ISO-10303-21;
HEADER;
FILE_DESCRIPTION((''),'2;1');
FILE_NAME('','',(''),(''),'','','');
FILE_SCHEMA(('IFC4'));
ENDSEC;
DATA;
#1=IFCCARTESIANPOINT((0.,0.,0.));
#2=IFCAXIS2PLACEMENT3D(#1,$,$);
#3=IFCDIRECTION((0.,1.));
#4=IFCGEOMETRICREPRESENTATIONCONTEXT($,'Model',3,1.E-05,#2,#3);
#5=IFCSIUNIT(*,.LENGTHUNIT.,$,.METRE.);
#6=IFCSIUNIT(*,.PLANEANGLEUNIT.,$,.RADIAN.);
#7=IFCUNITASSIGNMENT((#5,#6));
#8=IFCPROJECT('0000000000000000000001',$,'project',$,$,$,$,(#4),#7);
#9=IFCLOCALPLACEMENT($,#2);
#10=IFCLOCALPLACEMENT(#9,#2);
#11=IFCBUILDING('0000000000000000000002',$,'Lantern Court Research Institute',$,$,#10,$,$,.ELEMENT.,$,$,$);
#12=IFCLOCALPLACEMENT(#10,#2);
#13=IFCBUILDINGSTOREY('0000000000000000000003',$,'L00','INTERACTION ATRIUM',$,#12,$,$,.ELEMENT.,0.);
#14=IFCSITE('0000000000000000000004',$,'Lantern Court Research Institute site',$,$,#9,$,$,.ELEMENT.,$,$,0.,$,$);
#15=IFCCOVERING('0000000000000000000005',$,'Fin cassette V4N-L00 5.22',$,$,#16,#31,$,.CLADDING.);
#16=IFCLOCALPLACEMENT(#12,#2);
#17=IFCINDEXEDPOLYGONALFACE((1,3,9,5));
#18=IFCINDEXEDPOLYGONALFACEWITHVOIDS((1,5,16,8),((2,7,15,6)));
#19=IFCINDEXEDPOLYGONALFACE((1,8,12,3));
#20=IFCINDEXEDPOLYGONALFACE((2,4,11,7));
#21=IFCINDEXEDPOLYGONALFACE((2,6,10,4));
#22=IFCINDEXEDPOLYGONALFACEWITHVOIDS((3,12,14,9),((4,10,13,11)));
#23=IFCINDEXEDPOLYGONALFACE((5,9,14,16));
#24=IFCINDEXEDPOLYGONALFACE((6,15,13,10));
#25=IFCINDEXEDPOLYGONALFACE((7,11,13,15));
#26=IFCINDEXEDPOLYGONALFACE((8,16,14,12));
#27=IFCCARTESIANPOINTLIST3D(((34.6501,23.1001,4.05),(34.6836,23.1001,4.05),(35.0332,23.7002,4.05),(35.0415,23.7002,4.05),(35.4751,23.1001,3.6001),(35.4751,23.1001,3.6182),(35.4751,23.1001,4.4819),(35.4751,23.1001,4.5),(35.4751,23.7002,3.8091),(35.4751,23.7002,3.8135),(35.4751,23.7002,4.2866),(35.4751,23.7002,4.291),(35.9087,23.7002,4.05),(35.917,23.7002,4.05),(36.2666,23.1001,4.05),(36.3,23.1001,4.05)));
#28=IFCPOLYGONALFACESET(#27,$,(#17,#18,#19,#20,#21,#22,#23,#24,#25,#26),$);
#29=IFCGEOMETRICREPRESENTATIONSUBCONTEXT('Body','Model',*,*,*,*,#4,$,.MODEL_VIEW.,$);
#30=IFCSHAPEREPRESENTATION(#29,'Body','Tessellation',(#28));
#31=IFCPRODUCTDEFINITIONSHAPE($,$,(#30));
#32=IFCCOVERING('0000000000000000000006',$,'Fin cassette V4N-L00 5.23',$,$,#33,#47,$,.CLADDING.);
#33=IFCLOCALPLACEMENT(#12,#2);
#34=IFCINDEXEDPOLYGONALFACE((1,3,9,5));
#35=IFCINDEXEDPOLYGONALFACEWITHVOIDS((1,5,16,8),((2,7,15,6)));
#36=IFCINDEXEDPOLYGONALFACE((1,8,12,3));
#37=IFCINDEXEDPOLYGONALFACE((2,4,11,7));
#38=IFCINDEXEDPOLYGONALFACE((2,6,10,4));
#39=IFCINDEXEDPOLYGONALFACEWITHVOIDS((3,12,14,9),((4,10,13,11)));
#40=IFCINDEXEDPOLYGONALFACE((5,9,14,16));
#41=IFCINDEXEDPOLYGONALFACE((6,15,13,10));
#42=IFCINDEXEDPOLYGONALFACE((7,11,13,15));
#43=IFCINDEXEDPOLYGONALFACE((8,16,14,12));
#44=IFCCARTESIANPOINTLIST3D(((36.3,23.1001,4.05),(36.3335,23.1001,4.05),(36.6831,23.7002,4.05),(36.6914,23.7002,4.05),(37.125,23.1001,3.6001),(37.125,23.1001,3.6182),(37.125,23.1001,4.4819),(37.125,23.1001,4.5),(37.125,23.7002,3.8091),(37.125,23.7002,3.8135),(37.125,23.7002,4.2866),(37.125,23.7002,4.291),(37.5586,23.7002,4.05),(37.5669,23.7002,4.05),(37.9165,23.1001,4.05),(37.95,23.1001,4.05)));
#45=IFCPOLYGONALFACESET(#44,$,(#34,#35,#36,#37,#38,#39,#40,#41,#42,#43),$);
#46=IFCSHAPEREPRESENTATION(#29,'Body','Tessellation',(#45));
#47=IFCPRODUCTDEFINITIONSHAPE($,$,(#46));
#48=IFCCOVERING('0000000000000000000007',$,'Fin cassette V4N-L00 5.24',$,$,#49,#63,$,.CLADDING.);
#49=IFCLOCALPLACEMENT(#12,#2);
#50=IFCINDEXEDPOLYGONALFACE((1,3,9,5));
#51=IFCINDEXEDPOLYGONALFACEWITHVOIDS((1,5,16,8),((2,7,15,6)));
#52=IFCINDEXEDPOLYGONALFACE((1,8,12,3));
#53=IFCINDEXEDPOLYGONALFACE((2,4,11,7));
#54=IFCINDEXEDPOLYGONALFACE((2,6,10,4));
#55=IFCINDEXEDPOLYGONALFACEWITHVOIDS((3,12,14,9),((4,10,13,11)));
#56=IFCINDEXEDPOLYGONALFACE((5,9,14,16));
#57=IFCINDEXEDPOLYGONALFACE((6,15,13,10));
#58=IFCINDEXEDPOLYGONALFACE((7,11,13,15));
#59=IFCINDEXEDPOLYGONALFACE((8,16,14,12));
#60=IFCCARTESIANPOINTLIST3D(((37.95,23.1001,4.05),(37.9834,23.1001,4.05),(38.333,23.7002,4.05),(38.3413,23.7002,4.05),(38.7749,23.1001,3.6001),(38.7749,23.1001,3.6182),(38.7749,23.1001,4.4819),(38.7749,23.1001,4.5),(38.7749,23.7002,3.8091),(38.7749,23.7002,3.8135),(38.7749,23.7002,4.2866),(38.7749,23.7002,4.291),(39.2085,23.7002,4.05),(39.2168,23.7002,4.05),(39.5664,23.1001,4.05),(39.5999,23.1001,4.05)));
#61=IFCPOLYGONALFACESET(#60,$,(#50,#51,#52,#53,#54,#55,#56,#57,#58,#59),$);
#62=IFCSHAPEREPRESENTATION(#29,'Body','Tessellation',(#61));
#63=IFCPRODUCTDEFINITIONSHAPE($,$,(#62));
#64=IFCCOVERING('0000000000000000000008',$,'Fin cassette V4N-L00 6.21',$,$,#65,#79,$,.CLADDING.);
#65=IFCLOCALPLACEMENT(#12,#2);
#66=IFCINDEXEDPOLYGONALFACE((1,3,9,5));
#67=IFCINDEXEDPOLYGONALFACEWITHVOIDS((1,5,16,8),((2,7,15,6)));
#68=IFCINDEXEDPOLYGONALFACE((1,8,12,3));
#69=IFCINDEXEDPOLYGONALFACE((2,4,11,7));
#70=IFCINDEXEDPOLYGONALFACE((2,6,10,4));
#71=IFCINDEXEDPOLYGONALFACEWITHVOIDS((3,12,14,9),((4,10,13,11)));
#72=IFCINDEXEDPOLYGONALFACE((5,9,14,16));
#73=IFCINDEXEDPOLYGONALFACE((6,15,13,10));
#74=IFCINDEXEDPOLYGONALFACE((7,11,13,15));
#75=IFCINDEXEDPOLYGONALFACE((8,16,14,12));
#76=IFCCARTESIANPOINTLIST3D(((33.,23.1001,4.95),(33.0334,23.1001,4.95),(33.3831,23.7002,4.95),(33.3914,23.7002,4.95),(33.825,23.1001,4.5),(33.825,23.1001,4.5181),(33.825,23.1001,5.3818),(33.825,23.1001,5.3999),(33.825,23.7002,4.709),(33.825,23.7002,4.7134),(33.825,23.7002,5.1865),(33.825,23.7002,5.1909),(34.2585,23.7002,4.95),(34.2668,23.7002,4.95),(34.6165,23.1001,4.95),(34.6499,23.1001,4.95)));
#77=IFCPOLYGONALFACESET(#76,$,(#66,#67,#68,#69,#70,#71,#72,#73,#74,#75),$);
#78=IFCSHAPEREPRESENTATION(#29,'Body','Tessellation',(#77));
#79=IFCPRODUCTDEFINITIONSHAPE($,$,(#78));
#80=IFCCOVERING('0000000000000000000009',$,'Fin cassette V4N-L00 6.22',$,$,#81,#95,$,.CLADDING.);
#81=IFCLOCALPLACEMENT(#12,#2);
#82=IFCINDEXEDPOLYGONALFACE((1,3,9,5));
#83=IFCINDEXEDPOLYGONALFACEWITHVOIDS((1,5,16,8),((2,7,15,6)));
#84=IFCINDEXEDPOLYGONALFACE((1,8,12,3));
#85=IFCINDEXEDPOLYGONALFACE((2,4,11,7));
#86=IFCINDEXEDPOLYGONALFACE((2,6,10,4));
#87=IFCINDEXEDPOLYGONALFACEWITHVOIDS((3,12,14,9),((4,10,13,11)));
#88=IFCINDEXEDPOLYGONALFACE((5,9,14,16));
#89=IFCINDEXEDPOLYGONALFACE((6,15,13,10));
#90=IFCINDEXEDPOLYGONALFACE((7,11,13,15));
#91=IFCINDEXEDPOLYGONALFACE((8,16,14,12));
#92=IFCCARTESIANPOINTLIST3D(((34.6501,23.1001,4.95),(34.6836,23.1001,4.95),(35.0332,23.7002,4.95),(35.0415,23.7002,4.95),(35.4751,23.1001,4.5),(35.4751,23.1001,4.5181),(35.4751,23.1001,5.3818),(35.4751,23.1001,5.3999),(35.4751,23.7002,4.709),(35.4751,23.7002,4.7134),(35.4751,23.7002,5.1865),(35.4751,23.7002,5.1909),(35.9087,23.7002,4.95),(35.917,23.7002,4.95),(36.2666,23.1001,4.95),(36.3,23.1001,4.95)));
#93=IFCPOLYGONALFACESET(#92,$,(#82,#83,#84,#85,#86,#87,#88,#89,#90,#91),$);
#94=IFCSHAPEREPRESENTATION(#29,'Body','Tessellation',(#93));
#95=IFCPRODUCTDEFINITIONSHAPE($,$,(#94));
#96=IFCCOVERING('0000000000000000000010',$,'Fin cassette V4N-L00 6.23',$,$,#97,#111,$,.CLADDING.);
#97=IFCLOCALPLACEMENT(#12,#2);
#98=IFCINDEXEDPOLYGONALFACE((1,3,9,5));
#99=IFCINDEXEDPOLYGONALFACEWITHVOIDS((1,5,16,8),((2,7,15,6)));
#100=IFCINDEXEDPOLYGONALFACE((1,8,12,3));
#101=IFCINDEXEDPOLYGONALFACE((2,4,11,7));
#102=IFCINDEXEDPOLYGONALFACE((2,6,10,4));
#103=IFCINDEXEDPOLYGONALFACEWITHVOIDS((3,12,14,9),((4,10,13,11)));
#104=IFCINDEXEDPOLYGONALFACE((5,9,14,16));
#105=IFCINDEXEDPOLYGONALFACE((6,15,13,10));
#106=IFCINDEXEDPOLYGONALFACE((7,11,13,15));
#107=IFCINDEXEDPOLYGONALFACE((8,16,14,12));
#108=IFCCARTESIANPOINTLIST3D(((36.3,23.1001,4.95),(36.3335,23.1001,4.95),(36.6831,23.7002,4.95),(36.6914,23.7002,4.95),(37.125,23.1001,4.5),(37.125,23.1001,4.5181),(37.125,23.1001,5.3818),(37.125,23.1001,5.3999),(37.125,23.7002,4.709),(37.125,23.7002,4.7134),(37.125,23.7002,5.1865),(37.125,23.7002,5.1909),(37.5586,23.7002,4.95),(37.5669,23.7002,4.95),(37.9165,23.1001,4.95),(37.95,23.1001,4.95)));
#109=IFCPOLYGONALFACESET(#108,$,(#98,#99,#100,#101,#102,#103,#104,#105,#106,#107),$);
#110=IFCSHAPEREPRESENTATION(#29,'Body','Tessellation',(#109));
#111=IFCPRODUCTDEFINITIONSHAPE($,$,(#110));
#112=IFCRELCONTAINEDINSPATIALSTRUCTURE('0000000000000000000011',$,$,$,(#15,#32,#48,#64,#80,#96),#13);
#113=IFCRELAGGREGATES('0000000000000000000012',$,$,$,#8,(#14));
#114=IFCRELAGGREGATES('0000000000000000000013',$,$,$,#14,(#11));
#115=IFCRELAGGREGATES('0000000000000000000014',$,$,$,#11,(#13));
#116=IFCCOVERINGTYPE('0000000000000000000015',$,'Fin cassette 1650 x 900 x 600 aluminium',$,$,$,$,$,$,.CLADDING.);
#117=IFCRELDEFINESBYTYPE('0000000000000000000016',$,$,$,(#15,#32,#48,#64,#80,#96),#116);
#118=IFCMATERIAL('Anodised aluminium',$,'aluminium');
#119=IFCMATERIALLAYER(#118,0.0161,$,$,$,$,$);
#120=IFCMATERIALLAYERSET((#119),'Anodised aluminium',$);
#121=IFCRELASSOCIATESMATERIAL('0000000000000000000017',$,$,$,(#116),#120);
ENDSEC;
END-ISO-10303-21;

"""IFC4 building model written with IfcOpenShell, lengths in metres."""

from ifc_helpers import new_model, entity, si_unit, direction, frame, origin, place, context, subcontext, project, spatial, material, layer, layer_set, type_object, element, save


model = new_model("IFC4")

# Units and contexts
model_context = context("Model", 3, precision=1e-05, world=origin(), true_north=direction((0.0, 1.0)))
body_context = subcontext(model_context, "Body", "Model", "MODEL_VIEW")
ifc_project = project(units=[si_unit("LENGTHUNIT", "METRE"), si_unit("PLANEANGLEUNIT", "RADIAN")], contexts=[model_context])

# Site, building, storey
site_placement = place(None, origin())
site = spatial("IfcSite", under=ifc_project, at=site_placement, Name="Lantern Court Research Institute site", CompositionType="ELEMENT", RefElevation=0.0)
building_placement = place(site_placement, origin())
building = spatial("IfcBuilding", under=site, at=building_placement, Name="Lantern Court Research Institute", CompositionType="ELEMENT")
storey_placement = place(building_placement, origin())
storey = spatial("IfcBuildingStorey", under=building, at=storey_placement, Name="L00", Description="INTERACTION ATRIUM", CompositionType="ELEMENT", Elevation=0.0)

# Coverings
ifc_material_1 = material(Name="Anodised aluminium", Category="aluminium")
ifc_layer_1 = layer(ifc_material_1, 0.0161)
ifc_layer_set_1 = layer_set([ifc_layer_1], Name="Anodised aluminium")
covering_type = type_object("IfcCoveringType", Name="Fin cassette 1650 x 900 x 600 aluminium", PredefinedType="CLADDING", material=ifc_layer_set_1)
covering_1_placement = place(storey_placement, frame((35.4751, 23.1001, 4.05), z_axis=(0.0, 1.0, 0.0), x_axis=(-1.0, 0.0, 0.0)))
cartesian_point_1 = entity("IfcCartesianPoint", [0.825, 0.0])
cartesian_point_2 = entity("IfcCartesianPoint", [0.7915, 0.0])
cartesian_point_3 = entity("IfcCartesianPoint", [0.4419, 0.0])
cartesian_point_4 = entity("IfcCartesianPoint", [0.4336, 0.0])
element("IfcCovering", 1, at=covering_1_placement, inside=storey, type_object=covering_type, Name="Fin cassette V4N-L00 5.22", PredefinedType="CLADDING", context=body_context, shape_type="SweptSolid", body=[
    entity("IfcExtrudedAreaSolidTapered", entity("IfcArbitraryProfileDefWithVoids", "AREA", None, entity("IfcPolyline", [cartesian_point_1, entity("IfcCartesianPoint", [0.0, 0.45]), entity("IfcCartesianPoint", [-0.825, 0.0]), entity("IfcCartesianPoint", [0.0, -0.45]), cartesian_point_1]), [entity("IfcPolyline", [cartesian_point_2, entity("IfcCartesianPoint", [0.0, 0.4319]), entity("IfcCartesianPoint", [-0.7915, 0.0]), entity("IfcCartesianPoint", [0.0, -0.4319]), cartesian_point_2])]), entity("IfcAxis2Placement3D", entity("IfcCartesianPoint", [0.0, 0.0, 0.0])), entity("IfcDirection", [0.0, 0.0, 1.0]), 0.6001, entity("IfcArbitraryProfileDefWithVoids", "AREA", None, entity("IfcPolyline", [cartesian_point_3, entity("IfcCartesianPoint", [0.0, 0.241]), entity("IfcCartesianPoint", [-0.4419, 0.0]), entity("IfcCartesianPoint", [0.0, -0.241]), cartesian_point_3]), [entity("IfcPolyline", [cartesian_point_4, entity("IfcCartesianPoint", [0.0, 0.2366]), entity("IfcCartesianPoint", [-0.4336, 0.0]), entity("IfcCartesianPoint", [0.0, -0.2366]), cartesian_point_4])])),
])
covering_2_placement = place(storey_placement, frame((37.125, 23.1001, 4.05), z_axis=(0.0, 1.0, 0.0), x_axis=(-1.0, 0.0, 0.0)))
cartesian_point_5 = entity("IfcCartesianPoint", [0.825, 0.0])
cartesian_point_6 = entity("IfcCartesianPoint", [0.7915, 0.0])
cartesian_point_7 = entity("IfcCartesianPoint", [0.4419, 0.0])
cartesian_point_8 = entity("IfcCartesianPoint", [0.4336, 0.0])
element("IfcCovering", 2, at=covering_2_placement, inside=storey, type_object=covering_type, Name="Fin cassette V4N-L00 5.23", PredefinedType="CLADDING", context=body_context, shape_type="SweptSolid", body=[
    entity("IfcExtrudedAreaSolidTapered", entity("IfcArbitraryProfileDefWithVoids", "AREA", None, entity("IfcPolyline", [cartesian_point_5, entity("IfcCartesianPoint", [0.0, 0.45]), entity("IfcCartesianPoint", [-0.825, 0.0]), entity("IfcCartesianPoint", [0.0, -0.45]), cartesian_point_5]), [entity("IfcPolyline", [cartesian_point_6, entity("IfcCartesianPoint", [0.0, 0.4319]), entity("IfcCartesianPoint", [-0.7915, 0.0]), entity("IfcCartesianPoint", [0.0, -0.4319]), cartesian_point_6])]), entity("IfcAxis2Placement3D", entity("IfcCartesianPoint", [0.0, 0.0, 0.0])), entity("IfcDirection", [0.0, 0.0, 1.0]), 0.6001, entity("IfcArbitraryProfileDefWithVoids", "AREA", None, entity("IfcPolyline", [cartesian_point_7, entity("IfcCartesianPoint", [0.0, 0.241]), entity("IfcCartesianPoint", [-0.4419, 0.0]), entity("IfcCartesianPoint", [0.0, -0.241]), cartesian_point_7]), [entity("IfcPolyline", [cartesian_point_8, entity("IfcCartesianPoint", [0.0, 0.2366]), entity("IfcCartesianPoint", [-0.4336, 0.0]), entity("IfcCartesianPoint", [0.0, -0.2366]), cartesian_point_8])])),
])
covering_3_placement = place(storey_placement, frame((38.7749, 23.1001, 4.05), z_axis=(0.0, 1.0, 0.0), x_axis=(-1.0, 0.0, 0.0)))
cartesian_point_9 = entity("IfcCartesianPoint", [0.825, 0.0])
cartesian_point_10 = entity("IfcCartesianPoint", [0.7915, 0.0])
cartesian_point_11 = entity("IfcCartesianPoint", [0.4419, 0.0])
cartesian_point_12 = entity("IfcCartesianPoint", [0.4336, 0.0])
element("IfcCovering", 3, at=covering_3_placement, inside=storey, type_object=covering_type, Name="Fin cassette V4N-L00 5.24", PredefinedType="CLADDING", context=body_context, shape_type="SweptSolid", body=[
    entity("IfcExtrudedAreaSolidTapered", entity("IfcArbitraryProfileDefWithVoids", "AREA", None, entity("IfcPolyline", [cartesian_point_9, entity("IfcCartesianPoint", [0.0, 0.45]), entity("IfcCartesianPoint", [-0.825, 0.0]), entity("IfcCartesianPoint", [0.0, -0.45]), cartesian_point_9]), [entity("IfcPolyline", [cartesian_point_10, entity("IfcCartesianPoint", [0.0, 0.4319]), entity("IfcCartesianPoint", [-0.7915, 0.0]), entity("IfcCartesianPoint", [0.0, -0.4319]), cartesian_point_10])]), entity("IfcAxis2Placement3D", entity("IfcCartesianPoint", [0.0, 0.0, 0.0])), entity("IfcDirection", [0.0, 0.0, 1.0]), 0.6001, entity("IfcArbitraryProfileDefWithVoids", "AREA", None, entity("IfcPolyline", [cartesian_point_11, entity("IfcCartesianPoint", [0.0, 0.241]), entity("IfcCartesianPoint", [-0.4419, 0.0]), entity("IfcCartesianPoint", [0.0, -0.241]), cartesian_point_11]), [entity("IfcPolyline", [cartesian_point_12, entity("IfcCartesianPoint", [0.0, 0.2366]), entity("IfcCartesianPoint", [-0.4336, 0.0]), entity("IfcCartesianPoint", [0.0, -0.2366]), cartesian_point_12])])),
])
covering_4_placement = place(storey_placement, frame((33.825, 23.1001, 4.95), z_axis=(0.0, 1.0, 0.0), x_axis=(-1.0, 0.0, 0.0)))
cartesian_point_13 = entity("IfcCartesianPoint", [0.825, 0.0])
cartesian_point_14 = entity("IfcCartesianPoint", [0.7915, 0.0])
cartesian_point_15 = entity("IfcCartesianPoint", [0.4419, 0.0])
cartesian_point_16 = entity("IfcCartesianPoint", [0.4336, 0.0])
element("IfcCovering", 4, at=covering_4_placement, inside=storey, type_object=covering_type, Name="Fin cassette V4N-L00 6.21", PredefinedType="CLADDING", context=body_context, shape_type="SweptSolid", body=[
    entity("IfcExtrudedAreaSolidTapered", entity("IfcArbitraryProfileDefWithVoids", "AREA", None, entity("IfcPolyline", [cartesian_point_13, entity("IfcCartesianPoint", [0.0, 0.45]), entity("IfcCartesianPoint", [-0.825, 0.0]), entity("IfcCartesianPoint", [0.0, -0.45]), cartesian_point_13]), [entity("IfcPolyline", [cartesian_point_14, entity("IfcCartesianPoint", [0.0, 0.4319]), entity("IfcCartesianPoint", [-0.7915, 0.0]), entity("IfcCartesianPoint", [0.0, -0.4319]), cartesian_point_14])]), entity("IfcAxis2Placement3D", entity("IfcCartesianPoint", [0.0, 0.0, 0.0])), entity("IfcDirection", [0.0, 0.0, 1.0]), 0.6001, entity("IfcArbitraryProfileDefWithVoids", "AREA", None, entity("IfcPolyline", [cartesian_point_15, entity("IfcCartesianPoint", [0.0, 0.241]), entity("IfcCartesianPoint", [-0.4419, 0.0]), entity("IfcCartesianPoint", [0.0, -0.241]), cartesian_point_15]), [entity("IfcPolyline", [cartesian_point_16, entity("IfcCartesianPoint", [0.0, 0.2366]), entity("IfcCartesianPoint", [-0.4336, 0.0]), entity("IfcCartesianPoint", [0.0, -0.2366]), cartesian_point_16])])),
])
covering_5_placement = place(storey_placement, frame((35.4751, 23.1001, 4.95), z_axis=(0.0, 1.0, 0.0), x_axis=(-1.0, 0.0, 0.0)))
cartesian_point_17 = entity("IfcCartesianPoint", [0.825, 0.0])
cartesian_point_18 = entity("IfcCartesianPoint", [0.7915, 0.0])
cartesian_point_19 = entity("IfcCartesianPoint", [0.4419, 0.0])
cartesian_point_20 = entity("IfcCartesianPoint", [0.4336, 0.0])
element("IfcCovering", 5, at=covering_5_placement, inside=storey, type_object=covering_type, Name="Fin cassette V4N-L00 6.22", PredefinedType="CLADDING", context=body_context, shape_type="SweptSolid", body=[
    entity("IfcExtrudedAreaSolidTapered", entity("IfcArbitraryProfileDefWithVoids", "AREA", None, entity("IfcPolyline", [cartesian_point_17, entity("IfcCartesianPoint", [0.0, 0.45]), entity("IfcCartesianPoint", [-0.825, 0.0]), entity("IfcCartesianPoint", [0.0, -0.45]), cartesian_point_17]), [entity("IfcPolyline", [cartesian_point_18, entity("IfcCartesianPoint", [0.0, 0.4319]), entity("IfcCartesianPoint", [-0.7915, 0.0]), entity("IfcCartesianPoint", [0.0, -0.4319]), cartesian_point_18])]), entity("IfcAxis2Placement3D", entity("IfcCartesianPoint", [0.0, 0.0, 0.0])), entity("IfcDirection", [0.0, 0.0, 1.0]), 0.6001, entity("IfcArbitraryProfileDefWithVoids", "AREA", None, entity("IfcPolyline", [cartesian_point_19, entity("IfcCartesianPoint", [0.0, 0.241]), entity("IfcCartesianPoint", [-0.4419, 0.0]), entity("IfcCartesianPoint", [0.0, -0.241]), cartesian_point_19]), [entity("IfcPolyline", [cartesian_point_20, entity("IfcCartesianPoint", [0.0, 0.2366]), entity("IfcCartesianPoint", [-0.4336, 0.0]), entity("IfcCartesianPoint", [0.0, -0.2366]), cartesian_point_20])])),
])
covering_6_placement = place(storey_placement, frame((37.125, 23.1001, 4.95), z_axis=(0.0, 1.0, 0.0), x_axis=(-1.0, 0.0, 0.0)))
cartesian_point_21 = entity("IfcCartesianPoint", [0.825, 0.0])
cartesian_point_22 = entity("IfcCartesianPoint", [0.7915, 0.0])
cartesian_point_23 = entity("IfcCartesianPoint", [0.4419, 0.0])
cartesian_point_24 = entity("IfcCartesianPoint", [0.4336, 0.0])
element("IfcCovering", 6, at=covering_6_placement, inside=storey, type_object=covering_type, Name="Fin cassette V4N-L00 6.23", PredefinedType="CLADDING", context=body_context, shape_type="SweptSolid", body=[
    entity("IfcExtrudedAreaSolidTapered", entity("IfcArbitraryProfileDefWithVoids", "AREA", None, entity("IfcPolyline", [cartesian_point_21, entity("IfcCartesianPoint", [0.0, 0.45]), entity("IfcCartesianPoint", [-0.825, 0.0]), entity("IfcCartesianPoint", [0.0, -0.45]), cartesian_point_21]), [entity("IfcPolyline", [cartesian_point_22, entity("IfcCartesianPoint", [0.0, 0.4319]), entity("IfcCartesianPoint", [-0.7915, 0.0]), entity("IfcCartesianPoint", [0.0, -0.4319]), cartesian_point_22])]), entity("IfcAxis2Placement3D", entity("IfcCartesianPoint", [0.0, 0.0, 0.0])), entity("IfcDirection", [0.0, 0.0, 1.0]), 0.6001, entity("IfcArbitraryProfileDefWithVoids", "AREA", None, entity("IfcPolyline", [cartesian_point_23, entity("IfcCartesianPoint", [0.0, 0.241]), entity("IfcCartesianPoint", [-0.4419, 0.0]), entity("IfcCartesianPoint", [0.0, -0.241]), cartesian_point_23]), [entity("IfcPolyline", [cartesian_point_24, entity("IfcCartesianPoint", [0.0, 0.2366]), entity("IfcCartesianPoint", [-0.4336, 0.0]), entity("IfcCartesianPoint", [0.0, -0.2366]), cartesian_point_24])])),
])

save(model, "model.ifc")
